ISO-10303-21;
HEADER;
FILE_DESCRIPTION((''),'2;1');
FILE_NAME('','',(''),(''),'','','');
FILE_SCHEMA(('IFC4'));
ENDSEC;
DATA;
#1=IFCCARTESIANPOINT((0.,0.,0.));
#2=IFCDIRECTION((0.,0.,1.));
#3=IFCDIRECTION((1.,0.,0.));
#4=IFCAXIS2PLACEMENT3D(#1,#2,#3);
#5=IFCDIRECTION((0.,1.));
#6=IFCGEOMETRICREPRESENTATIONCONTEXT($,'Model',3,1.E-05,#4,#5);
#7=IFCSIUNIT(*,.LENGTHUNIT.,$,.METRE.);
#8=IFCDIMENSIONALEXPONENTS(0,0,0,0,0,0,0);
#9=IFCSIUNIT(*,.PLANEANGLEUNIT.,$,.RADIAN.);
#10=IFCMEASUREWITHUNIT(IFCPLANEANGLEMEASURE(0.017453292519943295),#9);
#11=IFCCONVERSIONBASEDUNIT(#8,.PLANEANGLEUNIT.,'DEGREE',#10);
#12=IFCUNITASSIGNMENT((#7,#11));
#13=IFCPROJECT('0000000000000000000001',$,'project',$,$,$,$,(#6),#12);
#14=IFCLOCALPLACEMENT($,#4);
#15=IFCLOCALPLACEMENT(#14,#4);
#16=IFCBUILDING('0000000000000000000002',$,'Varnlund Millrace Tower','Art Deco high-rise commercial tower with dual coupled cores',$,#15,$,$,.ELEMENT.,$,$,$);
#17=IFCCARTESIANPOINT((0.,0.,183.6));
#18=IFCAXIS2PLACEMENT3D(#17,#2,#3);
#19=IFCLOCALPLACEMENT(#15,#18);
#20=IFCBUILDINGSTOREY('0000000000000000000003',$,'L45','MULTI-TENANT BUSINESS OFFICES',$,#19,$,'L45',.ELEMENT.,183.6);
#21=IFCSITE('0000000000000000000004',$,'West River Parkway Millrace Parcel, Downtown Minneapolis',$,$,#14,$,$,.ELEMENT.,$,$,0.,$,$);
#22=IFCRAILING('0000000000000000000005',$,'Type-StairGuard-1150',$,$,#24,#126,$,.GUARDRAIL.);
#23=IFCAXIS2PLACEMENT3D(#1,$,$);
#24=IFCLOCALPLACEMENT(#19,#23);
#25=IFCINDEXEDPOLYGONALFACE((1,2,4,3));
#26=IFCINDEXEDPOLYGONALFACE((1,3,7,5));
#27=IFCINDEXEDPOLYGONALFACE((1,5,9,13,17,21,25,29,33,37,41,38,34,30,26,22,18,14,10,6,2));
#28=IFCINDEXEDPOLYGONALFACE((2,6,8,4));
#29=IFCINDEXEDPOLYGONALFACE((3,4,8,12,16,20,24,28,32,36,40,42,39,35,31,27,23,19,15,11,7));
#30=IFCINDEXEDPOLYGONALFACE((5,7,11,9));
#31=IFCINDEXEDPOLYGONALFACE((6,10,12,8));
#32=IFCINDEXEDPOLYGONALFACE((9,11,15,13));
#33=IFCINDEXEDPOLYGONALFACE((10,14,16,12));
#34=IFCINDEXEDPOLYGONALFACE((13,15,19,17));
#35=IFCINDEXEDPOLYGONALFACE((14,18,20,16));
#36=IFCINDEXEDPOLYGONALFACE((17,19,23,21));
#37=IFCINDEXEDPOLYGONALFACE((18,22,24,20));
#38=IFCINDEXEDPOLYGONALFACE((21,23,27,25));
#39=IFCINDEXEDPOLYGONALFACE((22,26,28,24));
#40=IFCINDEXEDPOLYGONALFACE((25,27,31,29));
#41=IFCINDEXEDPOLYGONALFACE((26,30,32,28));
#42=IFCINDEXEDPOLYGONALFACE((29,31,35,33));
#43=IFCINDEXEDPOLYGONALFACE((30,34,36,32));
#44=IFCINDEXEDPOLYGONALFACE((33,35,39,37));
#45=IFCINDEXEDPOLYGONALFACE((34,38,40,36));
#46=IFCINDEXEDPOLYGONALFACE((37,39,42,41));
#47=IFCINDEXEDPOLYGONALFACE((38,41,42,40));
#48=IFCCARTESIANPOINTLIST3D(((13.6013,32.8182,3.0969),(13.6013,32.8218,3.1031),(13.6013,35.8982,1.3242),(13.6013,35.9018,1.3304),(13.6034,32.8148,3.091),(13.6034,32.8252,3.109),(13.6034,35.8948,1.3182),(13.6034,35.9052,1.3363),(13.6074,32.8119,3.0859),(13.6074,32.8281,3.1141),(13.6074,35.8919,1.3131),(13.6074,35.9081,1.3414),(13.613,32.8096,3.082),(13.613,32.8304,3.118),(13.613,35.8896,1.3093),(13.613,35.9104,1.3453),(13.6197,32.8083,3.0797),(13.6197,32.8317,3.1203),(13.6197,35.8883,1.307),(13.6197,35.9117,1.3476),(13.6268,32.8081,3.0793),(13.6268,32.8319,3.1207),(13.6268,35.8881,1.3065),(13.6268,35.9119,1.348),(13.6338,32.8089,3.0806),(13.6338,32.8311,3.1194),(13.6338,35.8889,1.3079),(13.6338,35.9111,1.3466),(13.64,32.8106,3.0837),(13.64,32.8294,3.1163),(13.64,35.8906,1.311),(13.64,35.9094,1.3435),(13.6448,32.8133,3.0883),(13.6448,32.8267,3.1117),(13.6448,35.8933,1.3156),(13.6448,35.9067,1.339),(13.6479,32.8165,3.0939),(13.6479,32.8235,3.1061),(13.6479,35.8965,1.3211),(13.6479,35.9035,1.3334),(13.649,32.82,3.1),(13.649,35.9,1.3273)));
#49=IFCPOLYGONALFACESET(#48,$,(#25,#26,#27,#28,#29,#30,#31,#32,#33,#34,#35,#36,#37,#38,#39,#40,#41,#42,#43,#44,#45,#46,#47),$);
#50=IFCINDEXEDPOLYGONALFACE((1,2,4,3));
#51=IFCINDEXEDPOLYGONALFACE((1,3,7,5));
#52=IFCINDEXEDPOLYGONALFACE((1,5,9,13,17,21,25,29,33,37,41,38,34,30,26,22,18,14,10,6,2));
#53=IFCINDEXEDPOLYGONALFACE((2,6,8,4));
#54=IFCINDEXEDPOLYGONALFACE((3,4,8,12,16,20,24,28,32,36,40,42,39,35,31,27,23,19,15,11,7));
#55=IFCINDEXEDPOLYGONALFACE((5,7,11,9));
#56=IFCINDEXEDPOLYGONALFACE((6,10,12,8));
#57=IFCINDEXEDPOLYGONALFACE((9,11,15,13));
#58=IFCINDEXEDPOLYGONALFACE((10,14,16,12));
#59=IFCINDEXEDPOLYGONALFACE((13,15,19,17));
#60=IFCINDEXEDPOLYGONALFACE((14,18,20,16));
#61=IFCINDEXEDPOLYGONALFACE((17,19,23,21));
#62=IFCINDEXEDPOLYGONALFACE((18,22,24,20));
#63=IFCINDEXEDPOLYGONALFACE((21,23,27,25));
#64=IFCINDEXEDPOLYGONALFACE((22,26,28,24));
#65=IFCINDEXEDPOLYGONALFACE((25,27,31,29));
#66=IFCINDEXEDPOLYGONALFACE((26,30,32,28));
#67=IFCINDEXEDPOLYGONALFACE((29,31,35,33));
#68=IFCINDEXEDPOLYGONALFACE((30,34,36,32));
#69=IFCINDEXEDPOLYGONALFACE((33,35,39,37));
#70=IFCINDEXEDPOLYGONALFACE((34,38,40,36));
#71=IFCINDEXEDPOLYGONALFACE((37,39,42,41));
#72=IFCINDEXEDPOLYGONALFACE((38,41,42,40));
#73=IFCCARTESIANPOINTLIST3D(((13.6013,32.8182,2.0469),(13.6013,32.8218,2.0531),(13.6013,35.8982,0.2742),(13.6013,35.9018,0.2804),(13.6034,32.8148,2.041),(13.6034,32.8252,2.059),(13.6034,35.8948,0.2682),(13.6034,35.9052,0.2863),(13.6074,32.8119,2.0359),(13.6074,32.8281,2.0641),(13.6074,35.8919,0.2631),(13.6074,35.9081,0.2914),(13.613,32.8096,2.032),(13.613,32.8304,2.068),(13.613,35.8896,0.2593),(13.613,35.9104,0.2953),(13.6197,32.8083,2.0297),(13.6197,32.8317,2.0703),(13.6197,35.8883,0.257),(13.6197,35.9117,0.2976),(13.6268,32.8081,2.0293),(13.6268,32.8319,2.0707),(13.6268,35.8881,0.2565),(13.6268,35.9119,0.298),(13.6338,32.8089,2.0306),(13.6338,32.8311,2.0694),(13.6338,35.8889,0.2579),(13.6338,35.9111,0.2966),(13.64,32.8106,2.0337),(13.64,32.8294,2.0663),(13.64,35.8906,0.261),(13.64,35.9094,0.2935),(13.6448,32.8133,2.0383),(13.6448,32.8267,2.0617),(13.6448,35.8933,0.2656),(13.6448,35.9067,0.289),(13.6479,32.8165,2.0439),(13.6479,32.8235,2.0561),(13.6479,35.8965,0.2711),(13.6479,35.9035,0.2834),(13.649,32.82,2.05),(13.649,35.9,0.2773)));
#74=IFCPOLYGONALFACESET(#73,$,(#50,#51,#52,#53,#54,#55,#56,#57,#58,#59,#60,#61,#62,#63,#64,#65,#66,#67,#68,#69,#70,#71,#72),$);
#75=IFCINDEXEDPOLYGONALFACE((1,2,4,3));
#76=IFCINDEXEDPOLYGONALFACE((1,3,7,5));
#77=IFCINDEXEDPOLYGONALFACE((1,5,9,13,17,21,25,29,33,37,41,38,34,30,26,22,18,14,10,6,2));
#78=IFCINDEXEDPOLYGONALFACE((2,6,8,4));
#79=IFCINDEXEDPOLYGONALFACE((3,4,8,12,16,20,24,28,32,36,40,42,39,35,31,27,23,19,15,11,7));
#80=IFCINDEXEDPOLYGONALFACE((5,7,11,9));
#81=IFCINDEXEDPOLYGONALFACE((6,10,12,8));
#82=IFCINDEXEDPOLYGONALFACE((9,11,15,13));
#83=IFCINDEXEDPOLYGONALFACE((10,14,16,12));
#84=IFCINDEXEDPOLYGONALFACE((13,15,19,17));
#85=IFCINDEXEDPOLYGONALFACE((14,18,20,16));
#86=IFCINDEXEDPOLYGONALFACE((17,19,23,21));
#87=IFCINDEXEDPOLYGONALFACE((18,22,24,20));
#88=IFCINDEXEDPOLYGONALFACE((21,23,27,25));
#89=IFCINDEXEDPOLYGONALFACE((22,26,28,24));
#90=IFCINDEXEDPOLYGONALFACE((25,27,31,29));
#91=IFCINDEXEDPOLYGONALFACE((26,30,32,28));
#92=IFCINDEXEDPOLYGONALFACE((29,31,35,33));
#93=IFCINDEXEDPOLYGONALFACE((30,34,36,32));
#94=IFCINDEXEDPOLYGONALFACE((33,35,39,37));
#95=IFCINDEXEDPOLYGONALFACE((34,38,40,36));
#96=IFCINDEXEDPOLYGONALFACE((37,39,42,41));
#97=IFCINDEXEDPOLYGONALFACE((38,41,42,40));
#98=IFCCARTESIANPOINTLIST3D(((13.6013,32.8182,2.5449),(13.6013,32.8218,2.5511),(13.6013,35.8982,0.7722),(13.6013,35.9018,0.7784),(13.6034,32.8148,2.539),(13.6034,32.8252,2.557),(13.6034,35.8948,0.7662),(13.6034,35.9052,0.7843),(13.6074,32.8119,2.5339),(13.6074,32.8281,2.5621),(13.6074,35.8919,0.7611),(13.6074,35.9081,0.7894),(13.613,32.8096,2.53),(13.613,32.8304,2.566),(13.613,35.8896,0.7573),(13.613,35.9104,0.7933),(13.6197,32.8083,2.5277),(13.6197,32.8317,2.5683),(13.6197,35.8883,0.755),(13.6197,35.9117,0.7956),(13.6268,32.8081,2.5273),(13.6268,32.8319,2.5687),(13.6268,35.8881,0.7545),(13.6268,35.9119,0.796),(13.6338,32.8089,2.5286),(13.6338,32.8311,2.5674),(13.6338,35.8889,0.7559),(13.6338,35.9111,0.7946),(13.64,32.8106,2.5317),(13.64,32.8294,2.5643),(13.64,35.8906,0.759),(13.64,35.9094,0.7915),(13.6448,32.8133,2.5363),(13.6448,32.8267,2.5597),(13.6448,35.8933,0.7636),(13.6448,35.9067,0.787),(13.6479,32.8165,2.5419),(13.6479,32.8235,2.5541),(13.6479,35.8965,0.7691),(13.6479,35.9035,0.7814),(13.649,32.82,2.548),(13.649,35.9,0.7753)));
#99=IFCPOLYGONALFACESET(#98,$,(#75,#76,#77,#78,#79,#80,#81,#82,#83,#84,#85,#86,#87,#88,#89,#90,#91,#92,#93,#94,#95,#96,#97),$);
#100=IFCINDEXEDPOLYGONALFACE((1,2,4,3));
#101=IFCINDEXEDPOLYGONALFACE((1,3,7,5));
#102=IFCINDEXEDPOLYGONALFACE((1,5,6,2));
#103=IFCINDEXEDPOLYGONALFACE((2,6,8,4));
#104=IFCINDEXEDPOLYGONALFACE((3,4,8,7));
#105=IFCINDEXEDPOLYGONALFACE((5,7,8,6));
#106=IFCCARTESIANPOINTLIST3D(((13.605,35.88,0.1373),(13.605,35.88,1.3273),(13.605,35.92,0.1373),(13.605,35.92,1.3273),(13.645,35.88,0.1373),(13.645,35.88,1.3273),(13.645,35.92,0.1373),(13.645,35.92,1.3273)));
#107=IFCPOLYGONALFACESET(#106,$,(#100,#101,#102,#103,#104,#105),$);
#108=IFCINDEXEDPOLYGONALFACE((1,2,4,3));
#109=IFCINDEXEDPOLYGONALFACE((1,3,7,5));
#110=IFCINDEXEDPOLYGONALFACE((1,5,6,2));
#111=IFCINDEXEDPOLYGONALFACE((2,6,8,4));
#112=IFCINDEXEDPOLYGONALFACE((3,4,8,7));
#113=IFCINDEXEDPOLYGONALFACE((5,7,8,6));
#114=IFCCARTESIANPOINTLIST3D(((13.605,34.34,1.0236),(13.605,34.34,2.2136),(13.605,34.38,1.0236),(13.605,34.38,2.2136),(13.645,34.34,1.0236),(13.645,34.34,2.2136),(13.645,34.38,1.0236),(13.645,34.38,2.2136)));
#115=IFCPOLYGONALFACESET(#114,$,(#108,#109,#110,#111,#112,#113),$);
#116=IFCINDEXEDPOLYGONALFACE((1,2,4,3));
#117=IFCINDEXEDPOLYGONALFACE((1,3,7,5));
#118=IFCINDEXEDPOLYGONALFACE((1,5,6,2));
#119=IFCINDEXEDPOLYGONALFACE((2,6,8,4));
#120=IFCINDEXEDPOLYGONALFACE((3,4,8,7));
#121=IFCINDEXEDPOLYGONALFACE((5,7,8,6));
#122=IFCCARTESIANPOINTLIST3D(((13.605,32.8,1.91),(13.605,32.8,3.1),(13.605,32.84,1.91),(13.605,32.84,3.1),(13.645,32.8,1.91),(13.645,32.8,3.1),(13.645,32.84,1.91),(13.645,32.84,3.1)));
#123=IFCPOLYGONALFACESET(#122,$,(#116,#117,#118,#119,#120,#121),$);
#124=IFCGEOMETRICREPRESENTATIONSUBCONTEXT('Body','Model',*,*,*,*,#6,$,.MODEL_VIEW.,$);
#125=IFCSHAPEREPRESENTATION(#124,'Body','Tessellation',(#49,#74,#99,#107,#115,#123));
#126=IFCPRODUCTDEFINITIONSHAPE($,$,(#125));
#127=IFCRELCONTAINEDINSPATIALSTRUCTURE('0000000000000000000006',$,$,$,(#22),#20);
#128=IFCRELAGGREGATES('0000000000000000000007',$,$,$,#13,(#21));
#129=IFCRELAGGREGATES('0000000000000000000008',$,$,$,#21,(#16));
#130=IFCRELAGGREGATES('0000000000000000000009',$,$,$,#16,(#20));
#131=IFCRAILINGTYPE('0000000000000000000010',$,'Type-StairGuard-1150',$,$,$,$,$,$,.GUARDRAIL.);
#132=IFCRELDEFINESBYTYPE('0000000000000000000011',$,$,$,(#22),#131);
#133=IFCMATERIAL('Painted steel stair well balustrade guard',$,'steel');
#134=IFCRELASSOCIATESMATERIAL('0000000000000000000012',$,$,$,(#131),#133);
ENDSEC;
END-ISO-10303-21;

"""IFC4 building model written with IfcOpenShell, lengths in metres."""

from ifc_helpers import new_model, entity, si_unit, converted_unit, direction, frame, origin_with_axes, origin_2d_with_axis, place, context, subcontext, project, spatial, rectangle, circle, extrude, material, type_object, element, save


model = new_model("IFC4")

# Units and contexts
model_context = context("Model", 3, precision=1e-05, world=origin_with_axes(), true_north=direction((0.0, 1.0)))
body_context = subcontext(model_context, "Body", "Model", "MODEL_VIEW")
ifc_project = project(units=[si_unit("LENGTHUNIT", "METRE"), converted_unit("PLANEANGLEUNIT", "DEGREE", entity("IfcPlaneAngleMeasure", 0.017453292519943295), si_unit("PLANEANGLEUNIT", "RADIAN"), dimensions=[0, 0, 0, 0, 0, 0, 0])], contexts=[model_context])

# Site, building, storey
site_placement = place(None, origin_with_axes())
site = spatial("IfcSite", under=ifc_project, at=site_placement, Name="West River Parkway Millrace Parcel, Downtown Minneapolis", CompositionType="ELEMENT", RefElevation=0.0)
building_placement = place(site_placement, origin_with_axes())
building = spatial("IfcBuilding", under=site, at=building_placement, Name="Varnlund Millrace Tower", Description="Art Deco high-rise commercial tower with dual coupled cores", CompositionType="ELEMENT")
storey_placement = place(building_placement, frame((0.0, 0.0, 183.6), z_axis=(0.0, 0.0, 1.0), x_axis=(1.0, 0.0, 0.0)))
storey = spatial("IfcBuildingStorey", under=building, at=storey_placement, Name="L45", Description="MULTI-TENANT BUSINESS OFFICES", LongName="L45", CompositionType="ELEMENT", Elevation=183.6)

# Railing
ifc_material_1 = material(Name="Painted steel stair well balustrade guard", Category="steel")
railing_type_1 = type_object("IfcRailingType", Name="Type-StairGuard-1150", PredefinedType="GUARDRAIL", material=ifc_material_1)
railing_1_placement = place(storey_placement, frame((0.0, 0.0, -183.6), z_axis=(0.0, 0.0, 1.0), x_axis=(1.0, 0.0, 0.0)))
element("IfcRailing", 1, at=railing_1_placement, inside=storey, type_object=railing_type_1, Name="Type-StairGuard-1150", PredefinedType="GUARDRAIL", context=body_context, shape_type="SweptSolid", body=[
    extrude(circle(Radius=0.024, at=origin_2d_with_axis()), frame((13.625, 35.9, 184.9273), z_axis=(0.0, -0.866696, 0.498836), x_axis=(1.0, 0.0, 0.0)), (0.0, 0.0, 1.0), 3.5537),
    extrude(circle(Radius=0.024, at=origin_2d_with_axis()), frame((13.625, 35.9, 183.8773), z_axis=(0.0, -0.866696, 0.498836), x_axis=(1.0, 0.0, 0.0)), (0.0, 0.0, 1.0), 3.5537),
    extrude(circle(Radius=0.024, at=origin_2d_with_axis()), frame((13.625, 35.9, 184.3753), z_axis=(0.0, -0.866696, 0.498836), x_axis=(1.0, 0.0, 0.0)), (0.0, 0.0, 1.0), 3.5537),
    extrude(rectangle(XDim=0.04, YDim=0.04, at=origin_2d_with_axis()), frame((13.625, 35.9, 183.7373), z_axis=(0.0, 0.0, 1.0), x_axis=(1.0, 0.0, 0.0)), (0.0, 0.0, 1.0), 1.19),
    extrude(rectangle(XDim=0.04, YDim=0.04, at=origin_2d_with_axis()), frame((13.625, 34.36, 184.6236), z_axis=(0.0, 0.0, 1.0), x_axis=(1.0, 0.0, 0.0)), (0.0, 0.0, 1.0), 1.19),
    extrude(rectangle(XDim=0.04, YDim=0.04, at=origin_2d_with_axis()), frame((13.625, 32.82, 185.51), z_axis=(0.0, 0.0, 1.0), x_axis=(1.0, 0.0, 0.0)), (0.0, 0.0, 1.0), 1.19),
])

save(model, "model.ifc")
